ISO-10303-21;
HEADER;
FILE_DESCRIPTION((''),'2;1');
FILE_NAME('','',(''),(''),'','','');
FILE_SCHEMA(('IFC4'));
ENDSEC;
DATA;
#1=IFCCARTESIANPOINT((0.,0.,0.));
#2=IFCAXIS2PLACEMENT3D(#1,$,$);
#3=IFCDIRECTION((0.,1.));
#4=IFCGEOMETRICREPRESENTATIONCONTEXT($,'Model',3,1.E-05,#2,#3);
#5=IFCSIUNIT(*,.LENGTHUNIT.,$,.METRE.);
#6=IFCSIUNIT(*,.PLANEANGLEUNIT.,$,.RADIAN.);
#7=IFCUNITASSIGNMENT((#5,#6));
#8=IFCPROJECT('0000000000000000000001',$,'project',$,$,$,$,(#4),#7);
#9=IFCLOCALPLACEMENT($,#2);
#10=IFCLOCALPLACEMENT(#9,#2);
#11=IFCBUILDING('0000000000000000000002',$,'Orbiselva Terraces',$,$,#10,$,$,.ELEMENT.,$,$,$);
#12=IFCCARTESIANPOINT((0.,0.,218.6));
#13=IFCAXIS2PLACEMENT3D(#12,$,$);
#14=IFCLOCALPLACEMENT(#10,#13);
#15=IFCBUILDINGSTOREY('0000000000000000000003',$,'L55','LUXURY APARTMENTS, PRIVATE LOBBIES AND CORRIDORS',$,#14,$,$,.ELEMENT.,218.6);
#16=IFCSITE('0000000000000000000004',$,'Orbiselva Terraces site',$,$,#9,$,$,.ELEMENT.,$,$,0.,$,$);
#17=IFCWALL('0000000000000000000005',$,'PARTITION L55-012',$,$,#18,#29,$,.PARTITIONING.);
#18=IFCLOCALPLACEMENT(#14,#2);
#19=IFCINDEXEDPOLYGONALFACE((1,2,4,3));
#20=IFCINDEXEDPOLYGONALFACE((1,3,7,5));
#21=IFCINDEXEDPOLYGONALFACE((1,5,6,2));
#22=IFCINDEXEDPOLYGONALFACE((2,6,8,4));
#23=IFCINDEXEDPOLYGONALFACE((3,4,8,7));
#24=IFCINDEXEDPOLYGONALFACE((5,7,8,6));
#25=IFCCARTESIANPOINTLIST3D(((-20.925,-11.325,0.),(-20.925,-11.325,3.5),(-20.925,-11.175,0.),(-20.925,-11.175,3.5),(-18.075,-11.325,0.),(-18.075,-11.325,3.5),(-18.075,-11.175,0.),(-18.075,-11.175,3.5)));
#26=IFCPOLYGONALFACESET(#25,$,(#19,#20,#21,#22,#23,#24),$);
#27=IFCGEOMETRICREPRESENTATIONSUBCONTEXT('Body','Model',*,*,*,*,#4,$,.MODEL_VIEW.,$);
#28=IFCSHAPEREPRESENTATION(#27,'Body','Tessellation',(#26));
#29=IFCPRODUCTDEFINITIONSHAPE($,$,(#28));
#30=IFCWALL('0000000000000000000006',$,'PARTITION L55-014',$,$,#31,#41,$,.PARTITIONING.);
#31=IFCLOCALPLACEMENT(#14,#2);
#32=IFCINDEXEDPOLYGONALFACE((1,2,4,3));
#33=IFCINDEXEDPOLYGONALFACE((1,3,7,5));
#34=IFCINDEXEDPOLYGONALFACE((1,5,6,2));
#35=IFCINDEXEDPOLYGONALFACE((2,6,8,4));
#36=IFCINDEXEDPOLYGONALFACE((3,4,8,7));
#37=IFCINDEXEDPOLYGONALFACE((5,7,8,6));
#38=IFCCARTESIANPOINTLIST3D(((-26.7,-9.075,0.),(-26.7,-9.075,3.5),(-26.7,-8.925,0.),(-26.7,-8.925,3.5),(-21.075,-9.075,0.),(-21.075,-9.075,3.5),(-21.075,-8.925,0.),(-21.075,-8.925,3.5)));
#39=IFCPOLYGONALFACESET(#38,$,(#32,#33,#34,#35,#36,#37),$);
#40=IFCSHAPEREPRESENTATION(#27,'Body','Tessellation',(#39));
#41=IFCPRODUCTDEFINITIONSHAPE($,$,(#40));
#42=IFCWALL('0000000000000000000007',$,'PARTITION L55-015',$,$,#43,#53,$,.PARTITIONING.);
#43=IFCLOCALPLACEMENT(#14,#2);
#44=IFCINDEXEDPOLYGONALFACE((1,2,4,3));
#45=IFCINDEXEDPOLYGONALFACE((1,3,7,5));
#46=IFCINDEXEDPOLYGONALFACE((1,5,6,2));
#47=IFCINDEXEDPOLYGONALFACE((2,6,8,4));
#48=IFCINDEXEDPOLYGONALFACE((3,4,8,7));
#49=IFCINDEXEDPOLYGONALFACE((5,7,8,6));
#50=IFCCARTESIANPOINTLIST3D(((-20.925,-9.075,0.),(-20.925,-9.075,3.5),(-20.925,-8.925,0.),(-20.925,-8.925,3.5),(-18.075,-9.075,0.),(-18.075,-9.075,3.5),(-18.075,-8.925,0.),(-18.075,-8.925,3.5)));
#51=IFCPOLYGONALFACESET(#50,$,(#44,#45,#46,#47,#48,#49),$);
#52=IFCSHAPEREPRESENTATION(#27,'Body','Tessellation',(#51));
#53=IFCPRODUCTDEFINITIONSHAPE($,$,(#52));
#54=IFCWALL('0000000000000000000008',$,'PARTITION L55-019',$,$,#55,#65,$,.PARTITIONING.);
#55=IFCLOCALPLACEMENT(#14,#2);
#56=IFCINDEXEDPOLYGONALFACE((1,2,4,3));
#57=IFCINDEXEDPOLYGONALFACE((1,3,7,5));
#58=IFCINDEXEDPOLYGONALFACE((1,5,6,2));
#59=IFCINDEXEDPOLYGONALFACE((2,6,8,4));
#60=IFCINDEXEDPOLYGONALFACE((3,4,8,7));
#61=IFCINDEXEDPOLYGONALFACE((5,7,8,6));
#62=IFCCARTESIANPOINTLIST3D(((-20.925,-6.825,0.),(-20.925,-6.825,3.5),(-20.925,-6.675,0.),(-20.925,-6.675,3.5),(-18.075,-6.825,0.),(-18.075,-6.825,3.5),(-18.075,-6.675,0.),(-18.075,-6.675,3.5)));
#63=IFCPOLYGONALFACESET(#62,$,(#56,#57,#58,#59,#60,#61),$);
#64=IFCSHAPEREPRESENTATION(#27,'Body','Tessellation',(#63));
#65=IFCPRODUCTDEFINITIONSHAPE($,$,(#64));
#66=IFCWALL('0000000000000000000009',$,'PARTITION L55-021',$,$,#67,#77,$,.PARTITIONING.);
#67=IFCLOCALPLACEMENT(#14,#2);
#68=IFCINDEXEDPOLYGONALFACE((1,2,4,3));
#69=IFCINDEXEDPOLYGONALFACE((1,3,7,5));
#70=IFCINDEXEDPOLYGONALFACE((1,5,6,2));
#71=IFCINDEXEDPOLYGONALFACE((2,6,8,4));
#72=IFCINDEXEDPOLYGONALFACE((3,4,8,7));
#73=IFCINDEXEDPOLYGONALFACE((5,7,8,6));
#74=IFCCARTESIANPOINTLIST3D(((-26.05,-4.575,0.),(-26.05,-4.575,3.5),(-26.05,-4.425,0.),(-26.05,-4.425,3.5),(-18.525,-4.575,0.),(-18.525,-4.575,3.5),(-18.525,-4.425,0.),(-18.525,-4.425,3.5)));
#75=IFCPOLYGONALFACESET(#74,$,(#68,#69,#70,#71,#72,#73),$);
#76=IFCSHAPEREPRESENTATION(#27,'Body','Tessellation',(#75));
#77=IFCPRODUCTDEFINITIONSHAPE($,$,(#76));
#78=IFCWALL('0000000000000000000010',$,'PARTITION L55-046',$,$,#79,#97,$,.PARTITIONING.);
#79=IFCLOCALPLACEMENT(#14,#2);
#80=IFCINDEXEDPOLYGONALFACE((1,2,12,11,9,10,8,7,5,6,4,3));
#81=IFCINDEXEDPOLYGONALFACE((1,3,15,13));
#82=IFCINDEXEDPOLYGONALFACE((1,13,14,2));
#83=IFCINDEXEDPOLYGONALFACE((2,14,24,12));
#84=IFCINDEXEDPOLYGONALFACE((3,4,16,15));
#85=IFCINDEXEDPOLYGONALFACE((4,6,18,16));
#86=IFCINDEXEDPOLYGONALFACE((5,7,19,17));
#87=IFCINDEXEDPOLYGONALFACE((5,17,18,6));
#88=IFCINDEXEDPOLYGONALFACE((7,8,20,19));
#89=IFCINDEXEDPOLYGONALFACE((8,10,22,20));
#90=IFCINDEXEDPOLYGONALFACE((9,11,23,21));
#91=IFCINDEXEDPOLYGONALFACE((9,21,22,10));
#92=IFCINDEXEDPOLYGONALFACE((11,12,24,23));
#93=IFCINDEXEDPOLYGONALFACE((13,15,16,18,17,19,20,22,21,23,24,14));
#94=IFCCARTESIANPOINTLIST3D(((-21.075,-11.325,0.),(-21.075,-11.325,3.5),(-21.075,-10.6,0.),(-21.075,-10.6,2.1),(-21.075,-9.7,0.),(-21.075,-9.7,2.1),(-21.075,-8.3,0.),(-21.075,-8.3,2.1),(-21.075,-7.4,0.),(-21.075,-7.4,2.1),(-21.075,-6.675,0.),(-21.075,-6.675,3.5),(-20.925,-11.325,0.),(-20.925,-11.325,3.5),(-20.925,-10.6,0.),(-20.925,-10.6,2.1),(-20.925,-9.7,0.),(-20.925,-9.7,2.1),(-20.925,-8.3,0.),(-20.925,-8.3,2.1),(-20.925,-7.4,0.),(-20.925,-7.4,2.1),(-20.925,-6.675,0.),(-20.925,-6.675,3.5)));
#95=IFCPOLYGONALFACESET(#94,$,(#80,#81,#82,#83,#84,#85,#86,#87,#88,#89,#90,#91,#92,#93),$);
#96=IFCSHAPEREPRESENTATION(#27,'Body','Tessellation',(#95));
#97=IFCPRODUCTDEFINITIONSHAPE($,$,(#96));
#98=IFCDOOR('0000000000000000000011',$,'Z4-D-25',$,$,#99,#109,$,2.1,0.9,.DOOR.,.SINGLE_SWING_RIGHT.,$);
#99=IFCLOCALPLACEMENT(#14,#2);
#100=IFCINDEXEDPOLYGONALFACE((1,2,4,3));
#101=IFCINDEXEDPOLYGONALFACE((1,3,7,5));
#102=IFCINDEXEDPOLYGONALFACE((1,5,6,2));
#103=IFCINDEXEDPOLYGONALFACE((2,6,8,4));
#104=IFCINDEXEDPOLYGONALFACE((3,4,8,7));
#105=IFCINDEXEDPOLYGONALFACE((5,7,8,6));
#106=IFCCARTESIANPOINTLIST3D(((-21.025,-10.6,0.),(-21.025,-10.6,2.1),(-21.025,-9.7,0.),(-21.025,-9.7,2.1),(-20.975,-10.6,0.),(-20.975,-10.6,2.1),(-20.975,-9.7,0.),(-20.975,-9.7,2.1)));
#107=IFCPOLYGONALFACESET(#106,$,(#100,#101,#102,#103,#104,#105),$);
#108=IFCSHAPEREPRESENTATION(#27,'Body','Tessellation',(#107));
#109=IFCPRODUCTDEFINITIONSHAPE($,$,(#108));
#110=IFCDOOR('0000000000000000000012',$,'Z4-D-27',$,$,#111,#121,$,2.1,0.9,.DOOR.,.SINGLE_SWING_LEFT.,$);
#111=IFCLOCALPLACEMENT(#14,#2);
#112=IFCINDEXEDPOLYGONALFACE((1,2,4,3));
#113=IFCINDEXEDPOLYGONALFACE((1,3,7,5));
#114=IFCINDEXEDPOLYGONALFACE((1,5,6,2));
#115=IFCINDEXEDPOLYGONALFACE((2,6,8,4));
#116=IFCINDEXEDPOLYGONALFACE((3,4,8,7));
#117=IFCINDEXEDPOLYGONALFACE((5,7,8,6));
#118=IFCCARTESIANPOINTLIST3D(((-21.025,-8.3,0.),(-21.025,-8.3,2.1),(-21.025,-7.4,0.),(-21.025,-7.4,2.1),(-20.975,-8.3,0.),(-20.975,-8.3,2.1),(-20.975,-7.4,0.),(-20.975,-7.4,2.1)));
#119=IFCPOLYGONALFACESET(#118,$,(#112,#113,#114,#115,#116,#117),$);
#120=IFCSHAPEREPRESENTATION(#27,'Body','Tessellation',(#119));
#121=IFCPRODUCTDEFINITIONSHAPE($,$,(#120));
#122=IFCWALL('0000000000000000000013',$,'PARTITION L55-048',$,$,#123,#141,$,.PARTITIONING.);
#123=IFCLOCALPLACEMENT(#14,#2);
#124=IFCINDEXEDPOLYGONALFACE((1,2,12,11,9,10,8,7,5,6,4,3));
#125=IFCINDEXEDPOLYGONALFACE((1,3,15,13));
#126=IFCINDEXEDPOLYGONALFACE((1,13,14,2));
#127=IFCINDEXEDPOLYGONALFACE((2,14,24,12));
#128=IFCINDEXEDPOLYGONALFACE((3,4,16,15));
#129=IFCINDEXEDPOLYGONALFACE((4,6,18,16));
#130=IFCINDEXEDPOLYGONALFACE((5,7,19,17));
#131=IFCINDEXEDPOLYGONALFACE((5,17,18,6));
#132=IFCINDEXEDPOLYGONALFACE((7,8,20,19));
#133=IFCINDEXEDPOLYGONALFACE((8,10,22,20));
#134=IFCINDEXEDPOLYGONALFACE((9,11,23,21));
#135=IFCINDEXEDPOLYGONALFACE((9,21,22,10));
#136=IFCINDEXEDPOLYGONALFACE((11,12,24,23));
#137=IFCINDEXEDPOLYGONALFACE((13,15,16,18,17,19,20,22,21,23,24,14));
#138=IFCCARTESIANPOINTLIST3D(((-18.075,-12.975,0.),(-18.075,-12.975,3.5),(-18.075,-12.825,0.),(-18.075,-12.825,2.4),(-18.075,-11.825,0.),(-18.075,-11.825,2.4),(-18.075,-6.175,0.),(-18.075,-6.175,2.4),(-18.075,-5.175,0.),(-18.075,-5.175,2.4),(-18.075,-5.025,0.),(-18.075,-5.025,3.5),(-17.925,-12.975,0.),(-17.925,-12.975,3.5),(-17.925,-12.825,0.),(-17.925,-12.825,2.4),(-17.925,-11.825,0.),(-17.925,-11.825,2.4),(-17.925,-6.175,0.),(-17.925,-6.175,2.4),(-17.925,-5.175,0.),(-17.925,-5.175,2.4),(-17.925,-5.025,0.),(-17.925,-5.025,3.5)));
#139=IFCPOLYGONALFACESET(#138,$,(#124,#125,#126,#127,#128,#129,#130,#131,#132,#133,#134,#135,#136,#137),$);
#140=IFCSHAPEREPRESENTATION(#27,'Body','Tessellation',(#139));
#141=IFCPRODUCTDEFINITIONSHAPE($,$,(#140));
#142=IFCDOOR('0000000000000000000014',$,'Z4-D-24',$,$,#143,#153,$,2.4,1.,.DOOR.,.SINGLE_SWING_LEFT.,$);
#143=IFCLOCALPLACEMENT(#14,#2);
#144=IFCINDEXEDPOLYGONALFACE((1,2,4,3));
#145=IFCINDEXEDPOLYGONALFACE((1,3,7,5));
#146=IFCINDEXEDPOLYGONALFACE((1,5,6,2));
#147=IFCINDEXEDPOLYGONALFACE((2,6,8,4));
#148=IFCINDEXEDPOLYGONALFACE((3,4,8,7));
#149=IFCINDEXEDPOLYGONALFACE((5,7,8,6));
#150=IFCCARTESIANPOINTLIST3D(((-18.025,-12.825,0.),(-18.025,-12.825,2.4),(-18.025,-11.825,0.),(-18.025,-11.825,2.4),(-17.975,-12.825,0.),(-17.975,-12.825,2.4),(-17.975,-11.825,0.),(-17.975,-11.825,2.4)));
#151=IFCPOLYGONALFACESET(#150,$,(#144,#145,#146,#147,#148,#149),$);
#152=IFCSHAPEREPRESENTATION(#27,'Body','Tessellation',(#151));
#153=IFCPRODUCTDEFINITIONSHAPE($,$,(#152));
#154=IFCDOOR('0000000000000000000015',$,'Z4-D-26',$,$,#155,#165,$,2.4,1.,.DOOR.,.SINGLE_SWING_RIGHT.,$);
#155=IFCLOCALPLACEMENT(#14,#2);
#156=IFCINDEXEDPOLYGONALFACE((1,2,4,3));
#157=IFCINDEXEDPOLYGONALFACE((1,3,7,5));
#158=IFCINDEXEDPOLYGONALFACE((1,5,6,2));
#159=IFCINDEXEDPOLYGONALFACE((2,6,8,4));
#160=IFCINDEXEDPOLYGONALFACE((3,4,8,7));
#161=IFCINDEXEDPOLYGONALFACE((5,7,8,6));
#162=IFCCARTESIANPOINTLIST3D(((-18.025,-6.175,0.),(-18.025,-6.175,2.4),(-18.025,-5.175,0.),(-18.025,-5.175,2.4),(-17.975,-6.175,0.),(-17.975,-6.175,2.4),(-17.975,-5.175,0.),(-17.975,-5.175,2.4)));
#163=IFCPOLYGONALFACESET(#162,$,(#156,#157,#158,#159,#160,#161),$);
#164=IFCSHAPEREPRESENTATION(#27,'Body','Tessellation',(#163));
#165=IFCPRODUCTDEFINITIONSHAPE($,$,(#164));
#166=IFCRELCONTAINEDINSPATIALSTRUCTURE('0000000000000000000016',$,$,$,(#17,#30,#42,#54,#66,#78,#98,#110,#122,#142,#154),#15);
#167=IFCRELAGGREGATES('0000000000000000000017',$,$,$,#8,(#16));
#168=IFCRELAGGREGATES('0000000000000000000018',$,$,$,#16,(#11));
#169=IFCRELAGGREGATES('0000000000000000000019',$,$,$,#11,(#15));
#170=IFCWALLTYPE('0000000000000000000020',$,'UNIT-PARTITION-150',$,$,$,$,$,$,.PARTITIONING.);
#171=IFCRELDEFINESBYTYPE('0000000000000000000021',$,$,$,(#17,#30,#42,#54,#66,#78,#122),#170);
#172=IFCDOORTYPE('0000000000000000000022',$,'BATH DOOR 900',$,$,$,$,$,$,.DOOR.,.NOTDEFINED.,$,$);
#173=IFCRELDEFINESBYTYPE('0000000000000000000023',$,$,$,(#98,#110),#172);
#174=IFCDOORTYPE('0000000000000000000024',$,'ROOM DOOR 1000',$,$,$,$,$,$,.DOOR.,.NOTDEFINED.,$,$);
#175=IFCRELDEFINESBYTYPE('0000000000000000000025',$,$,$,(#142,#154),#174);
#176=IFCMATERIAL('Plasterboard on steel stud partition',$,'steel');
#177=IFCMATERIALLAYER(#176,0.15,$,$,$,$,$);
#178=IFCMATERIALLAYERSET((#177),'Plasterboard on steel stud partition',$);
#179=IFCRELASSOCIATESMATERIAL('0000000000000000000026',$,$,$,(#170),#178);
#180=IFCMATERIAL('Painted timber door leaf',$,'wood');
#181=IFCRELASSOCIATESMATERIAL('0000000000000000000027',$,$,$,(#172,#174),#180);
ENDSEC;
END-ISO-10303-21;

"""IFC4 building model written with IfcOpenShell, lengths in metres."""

from ifc_helpers import new_model, si_unit, direction, frame, frame_2d, origin, place, context, subcontext, project, spatial, rectangle, extrude, material, layer, layer_set, type_object, element, fill, save


model = new_model("IFC4")

# Units and contexts
model_context = context("Model", 3, precision=1e-05, world=origin(), true_north=direction((0.0, 1.0)))
body_context = subcontext(model_context, "Body", "Model", "MODEL_VIEW")
ifc_project = project(units=[si_unit("LENGTHUNIT", "METRE"), si_unit("PLANEANGLEUNIT", "RADIAN")], contexts=[model_context])

# Site, building, storey
site_placement = place(None, origin())
site = spatial("IfcSite", under=ifc_project, at=site_placement, Name="Orbiselva Terraces site", CompositionType="ELEMENT", RefElevation=0.0)
building_placement = place(site_placement, origin())
building = spatial("IfcBuilding", under=site, at=building_placement, Name="Orbiselva Terraces", CompositionType="ELEMENT")
storey_placement = place(building_placement, frame((0.0, 0.0, 218.6)))
storey = spatial("IfcBuildingStorey", under=building, at=storey_placement, Name="L55", Description="LUXURY APARTMENTS, PRIVATE LOBBIES AND CORRIDORS", CompositionType="ELEMENT", Elevation=218.6)

# Walls
ifc_material_1 = material(Name="Plasterboard on steel stud partition", Category="steel")
ifc_layer_1 = layer(ifc_material_1, 0.15)
ifc_layer_set_1 = layer_set([ifc_layer_1], Name="Plasterboard on steel stud partition")
wall_type_1 = type_object("IfcWallType", Name="UNIT-PARTITION-150", PredefinedType="PARTITIONING", material=ifc_layer_set_1)
wall_1_placement = place(storey_placement, frame((-20.925, -11.25, 0.0), z_axis=(0.0, 0.0, 1.0), x_axis=(1.0, 0.0, 0.0)))
element("IfcWall", 1, at=wall_1_placement, inside=storey, type_object=wall_type_1, Name="PARTITION L55-012", PredefinedType="PARTITIONING", context=body_context, shape_type="SweptSolid", body=[
    extrude(rectangle(XDim=2.85, YDim=0.15, at=frame_2d((1.425, 0.0))), origin(), (0.0, 0.0, 1.0), 3.5),
])
wall_2_placement = place(storey_placement, frame((-26.7, -9.0, 0.0), z_axis=(0.0, 0.0, 1.0), x_axis=(1.0, 0.0, 0.0)))
element("IfcWall", 2, at=wall_2_placement, inside=storey, type_object=wall_type_1, Name="PARTITION L55-014", PredefinedType="PARTITIONING", context=body_context, shape_type="SweptSolid", body=[
    extrude(rectangle(XDim=5.625, YDim=0.15, at=frame_2d((2.8125, 0.0))), origin(), (0.0, 0.0, 1.0), 3.5),
])
for number, where, z_axis, x_axis, name in (
    (3, (-20.925, -9.0, 0.0), (0.0, 0.0, 1.0), (1.0, 0.0, 0.0), "PARTITION L55-015"),
    (4, (-20.925, -6.75, 0.0), (0.0, 0.0, 1.0), (1.0, 0.0, 0.0), "PARTITION L55-019"),
):
    element("IfcWall", number, at=place(storey_placement, frame(where, z_axis=z_axis, x_axis=x_axis)), inside=storey, type_object=wall_type_1, Name=name, PredefinedType="PARTITIONING", context=body_context, shape_type="SweptSolid", body=[
        extrude(rectangle(XDim=2.85, YDim=0.15, at=frame_2d((1.425, 0.0))), origin(), (0.0, 0.0, 1.0), 3.5),
    ])
wall_3_placement = place(storey_placement, frame((-26.05, -4.5, 0.0), z_axis=(0.0, 0.0, 1.0), x_axis=(1.0, 0.0, 0.0)))
element("IfcWall", 5, at=wall_3_placement, inside=storey, type_object=wall_type_1, Name="PARTITION L55-021", PredefinedType="PARTITIONING", context=body_context, shape_type="SweptSolid", body=[
    extrude(rectangle(XDim=7.525, YDim=0.15, at=frame_2d((3.7625, 0.0))), origin(), (0.0, 0.0, 1.0), 3.5),
])

# Walls, openings, doors
wall_4_placement = place(storey_placement, frame((-21.0, -6.675, 0.0), z_axis=(0.0, 0.0, 1.0), x_axis=(0.0, -1.0, 0.0)))
wall_4 = element("IfcWall", 6, at=wall_4_placement, inside=storey, type_object=wall_type_1, Name="PARTITION L55-046", PredefinedType="PARTITIONING", context=body_context, shape_type="SweptSolid", body=[
    extrude(rectangle(XDim=4.65, YDim=0.15, at=frame_2d((2.325, 0.0))), origin(), (0.0, 0.0, 1.0), 3.5),
])
opening_1_placement = place(wall_4_placement, frame((3.025, 0.0, 0.0)))
opening_1 = element("IfcOpeningElement", 7, at=opening_1_placement, cuts=wall_4, PredefinedType="OPENING", context=body_context, shape_type="SweptSolid", body=[
    extrude(rectangle(XDim=0.9, YDim=2.1, at=frame_2d((0.45, 1.05))), frame((0.0, 0.085, 0.0), z_axis=(0.0, -1.0, 0.0), x_axis=(1.0, 0.0, 0.0)), (0.0, 0.0, 1.0), 0.17),
])
opening_2_placement = place(wall_4_placement, frame((0.725, 0.0, 0.0)))
opening_2 = element("IfcOpeningElement", 8, at=opening_2_placement, cuts=wall_4, PredefinedType="OPENING", context=body_context, shape_type="SweptSolid", body=[
    extrude(rectangle(XDim=0.9, YDim=2.1, at=frame_2d((0.45, 1.05))), frame((0.0, 0.085, 0.0), z_axis=(0.0, -1.0, 0.0), x_axis=(1.0, 0.0, 0.0)), (0.0, 0.0, 1.0), 0.17),
])
ifc_material_2 = material(Name="Painted timber door leaf", Category="wood")
door_type_1 = type_object("IfcDoorType", Name="BATH DOOR 900", OperationType="NOTDEFINED", PredefinedType="DOOR", material=ifc_material_2)
door_1_placement = place(opening_1_placement, origin())
door_1 = element("IfcDoor", 9, at=door_1_placement, inside=storey, type_object=door_type_1, Name="Z4-D-25", OperationType="SINGLE_SWING_RIGHT", OverallHeight=2.1, OverallWidth=0.9, PredefinedType="DOOR", context=body_context, shape_type="SweptSolid", body=[
    extrude(rectangle(XDim=0.9, YDim=2.1, at=frame_2d((0.45, 1.05))), frame((0.0, 0.025, 0.0), z_axis=(0.0, -1.0, 0.0), x_axis=(1.0, 0.0, 0.0)), (0.0, 0.0, 1.0), 0.05),
])
fill(opening_1, door_1)
door_2_placement = place(opening_2_placement, origin())
door_2 = element("IfcDoor", 10, at=door_2_placement, inside=storey, type_object=door_type_1, Name="Z4-D-27", OperationType="SINGLE_SWING_LEFT", OverallHeight=2.1, OverallWidth=0.9, PredefinedType="DOOR", context=body_context, shape_type="SweptSolid", body=[
    extrude(rectangle(XDim=0.9, YDim=2.1, at=frame_2d((0.45, 1.05))), frame((0.0, 0.025, 0.0), z_axis=(0.0, -1.0, 0.0), x_axis=(1.0, 0.0, 0.0)), (0.0, 0.0, 1.0), 0.05),
])
fill(opening_2, door_2)
wall_5_placement = place(storey_placement, frame((-18.0, -12.975, 0.0), z_axis=(0.0, 0.0, 1.0), x_axis=(0.0, 1.0, 0.0)))
wall_5 = element("IfcWall", 11, at=wall_5_placement, inside=storey, type_object=wall_type_1, Name="PARTITION L55-048", PredefinedType="PARTITIONING", context=body_context, shape_type="SweptSolid", body=[
    extrude(rectangle(XDim=7.95, YDim=0.15, at=frame_2d((3.975, 0.0))), origin(), (0.0, 0.0, 1.0), 3.5),
])
opening_3_placement = place(wall_5_placement, frame((0.15, 0.0, 0.0)))
opening_3 = element("IfcOpeningElement", 12, at=opening_3_placement, cuts=wall_5, PredefinedType="OPENING", context=body_context, shape_type="SweptSolid", body=[
    extrude(rectangle(XDim=1.0, YDim=2.4, at=frame_2d((0.5, 1.2))), frame((0.0, 0.085, 0.0), z_axis=(0.0, -1.0, 0.0), x_axis=(1.0, 0.0, 0.0)), (0.0, 0.0, 1.0), 0.17),
])
opening_4_placement = place(wall_5_placement, frame((6.8, 0.0, 0.0)))
opening_4 = element("IfcOpeningElement", 13, at=opening_4_placement, cuts=wall_5, PredefinedType="OPENING", context=body_context, shape_type="SweptSolid", body=[
    extrude(rectangle(XDim=1.0, YDim=2.4, at=frame_2d((0.5, 1.2))), frame((0.0, 0.085, 0.0), z_axis=(0.0, -1.0, 0.0), x_axis=(1.0, 0.0, 0.0)), (0.0, 0.0, 1.0), 0.17),
])
door_type_2 = type_object("IfcDoorType", Name="ROOM DOOR 1000", OperationType="NOTDEFINED", PredefinedType="DOOR", material=ifc_material_2)
door_3_placement = place(opening_3_placement, origin())
door_3 = element("IfcDoor", 14, at=door_3_placement, inside=storey, type_object=door_type_2, Name="Z4-D-24", OperationType="SINGLE_SWING_LEFT", OverallHeight=2.4, OverallWidth=1.0, PredefinedType="DOOR", context=body_context, shape_type="SweptSolid", body=[
    extrude(rectangle(XDim=1.0, YDim=2.4, at=frame_2d((0.5, 1.2))), frame((0.0, 0.025, 0.0), z_axis=(0.0, -1.0, 0.0), x_axis=(1.0, 0.0, 0.0)), (0.0, 0.0, 1.0), 0.05),
])
fill(opening_3, door_3)
door_4_placement = place(opening_4_placement, origin())
door_4 = element("IfcDoor", 15, at=door_4_placement, inside=storey, type_object=door_type_2, Name="Z4-D-26", OperationType="SINGLE_SWING_RIGHT", OverallHeight=2.4, OverallWidth=1.0, PredefinedType="DOOR", context=body_context, shape_type="SweptSolid", body=[
    extrude(rectangle(XDim=1.0, YDim=2.4, at=frame_2d((0.5, 1.2))), frame((0.0, 0.025, 0.0), z_axis=(0.0, -1.0, 0.0), x_axis=(1.0, 0.0, 0.0)), (0.0, 0.0, 1.0), 0.05),
])
fill(opening_4, door_4)

save(model, "model.ifc")
